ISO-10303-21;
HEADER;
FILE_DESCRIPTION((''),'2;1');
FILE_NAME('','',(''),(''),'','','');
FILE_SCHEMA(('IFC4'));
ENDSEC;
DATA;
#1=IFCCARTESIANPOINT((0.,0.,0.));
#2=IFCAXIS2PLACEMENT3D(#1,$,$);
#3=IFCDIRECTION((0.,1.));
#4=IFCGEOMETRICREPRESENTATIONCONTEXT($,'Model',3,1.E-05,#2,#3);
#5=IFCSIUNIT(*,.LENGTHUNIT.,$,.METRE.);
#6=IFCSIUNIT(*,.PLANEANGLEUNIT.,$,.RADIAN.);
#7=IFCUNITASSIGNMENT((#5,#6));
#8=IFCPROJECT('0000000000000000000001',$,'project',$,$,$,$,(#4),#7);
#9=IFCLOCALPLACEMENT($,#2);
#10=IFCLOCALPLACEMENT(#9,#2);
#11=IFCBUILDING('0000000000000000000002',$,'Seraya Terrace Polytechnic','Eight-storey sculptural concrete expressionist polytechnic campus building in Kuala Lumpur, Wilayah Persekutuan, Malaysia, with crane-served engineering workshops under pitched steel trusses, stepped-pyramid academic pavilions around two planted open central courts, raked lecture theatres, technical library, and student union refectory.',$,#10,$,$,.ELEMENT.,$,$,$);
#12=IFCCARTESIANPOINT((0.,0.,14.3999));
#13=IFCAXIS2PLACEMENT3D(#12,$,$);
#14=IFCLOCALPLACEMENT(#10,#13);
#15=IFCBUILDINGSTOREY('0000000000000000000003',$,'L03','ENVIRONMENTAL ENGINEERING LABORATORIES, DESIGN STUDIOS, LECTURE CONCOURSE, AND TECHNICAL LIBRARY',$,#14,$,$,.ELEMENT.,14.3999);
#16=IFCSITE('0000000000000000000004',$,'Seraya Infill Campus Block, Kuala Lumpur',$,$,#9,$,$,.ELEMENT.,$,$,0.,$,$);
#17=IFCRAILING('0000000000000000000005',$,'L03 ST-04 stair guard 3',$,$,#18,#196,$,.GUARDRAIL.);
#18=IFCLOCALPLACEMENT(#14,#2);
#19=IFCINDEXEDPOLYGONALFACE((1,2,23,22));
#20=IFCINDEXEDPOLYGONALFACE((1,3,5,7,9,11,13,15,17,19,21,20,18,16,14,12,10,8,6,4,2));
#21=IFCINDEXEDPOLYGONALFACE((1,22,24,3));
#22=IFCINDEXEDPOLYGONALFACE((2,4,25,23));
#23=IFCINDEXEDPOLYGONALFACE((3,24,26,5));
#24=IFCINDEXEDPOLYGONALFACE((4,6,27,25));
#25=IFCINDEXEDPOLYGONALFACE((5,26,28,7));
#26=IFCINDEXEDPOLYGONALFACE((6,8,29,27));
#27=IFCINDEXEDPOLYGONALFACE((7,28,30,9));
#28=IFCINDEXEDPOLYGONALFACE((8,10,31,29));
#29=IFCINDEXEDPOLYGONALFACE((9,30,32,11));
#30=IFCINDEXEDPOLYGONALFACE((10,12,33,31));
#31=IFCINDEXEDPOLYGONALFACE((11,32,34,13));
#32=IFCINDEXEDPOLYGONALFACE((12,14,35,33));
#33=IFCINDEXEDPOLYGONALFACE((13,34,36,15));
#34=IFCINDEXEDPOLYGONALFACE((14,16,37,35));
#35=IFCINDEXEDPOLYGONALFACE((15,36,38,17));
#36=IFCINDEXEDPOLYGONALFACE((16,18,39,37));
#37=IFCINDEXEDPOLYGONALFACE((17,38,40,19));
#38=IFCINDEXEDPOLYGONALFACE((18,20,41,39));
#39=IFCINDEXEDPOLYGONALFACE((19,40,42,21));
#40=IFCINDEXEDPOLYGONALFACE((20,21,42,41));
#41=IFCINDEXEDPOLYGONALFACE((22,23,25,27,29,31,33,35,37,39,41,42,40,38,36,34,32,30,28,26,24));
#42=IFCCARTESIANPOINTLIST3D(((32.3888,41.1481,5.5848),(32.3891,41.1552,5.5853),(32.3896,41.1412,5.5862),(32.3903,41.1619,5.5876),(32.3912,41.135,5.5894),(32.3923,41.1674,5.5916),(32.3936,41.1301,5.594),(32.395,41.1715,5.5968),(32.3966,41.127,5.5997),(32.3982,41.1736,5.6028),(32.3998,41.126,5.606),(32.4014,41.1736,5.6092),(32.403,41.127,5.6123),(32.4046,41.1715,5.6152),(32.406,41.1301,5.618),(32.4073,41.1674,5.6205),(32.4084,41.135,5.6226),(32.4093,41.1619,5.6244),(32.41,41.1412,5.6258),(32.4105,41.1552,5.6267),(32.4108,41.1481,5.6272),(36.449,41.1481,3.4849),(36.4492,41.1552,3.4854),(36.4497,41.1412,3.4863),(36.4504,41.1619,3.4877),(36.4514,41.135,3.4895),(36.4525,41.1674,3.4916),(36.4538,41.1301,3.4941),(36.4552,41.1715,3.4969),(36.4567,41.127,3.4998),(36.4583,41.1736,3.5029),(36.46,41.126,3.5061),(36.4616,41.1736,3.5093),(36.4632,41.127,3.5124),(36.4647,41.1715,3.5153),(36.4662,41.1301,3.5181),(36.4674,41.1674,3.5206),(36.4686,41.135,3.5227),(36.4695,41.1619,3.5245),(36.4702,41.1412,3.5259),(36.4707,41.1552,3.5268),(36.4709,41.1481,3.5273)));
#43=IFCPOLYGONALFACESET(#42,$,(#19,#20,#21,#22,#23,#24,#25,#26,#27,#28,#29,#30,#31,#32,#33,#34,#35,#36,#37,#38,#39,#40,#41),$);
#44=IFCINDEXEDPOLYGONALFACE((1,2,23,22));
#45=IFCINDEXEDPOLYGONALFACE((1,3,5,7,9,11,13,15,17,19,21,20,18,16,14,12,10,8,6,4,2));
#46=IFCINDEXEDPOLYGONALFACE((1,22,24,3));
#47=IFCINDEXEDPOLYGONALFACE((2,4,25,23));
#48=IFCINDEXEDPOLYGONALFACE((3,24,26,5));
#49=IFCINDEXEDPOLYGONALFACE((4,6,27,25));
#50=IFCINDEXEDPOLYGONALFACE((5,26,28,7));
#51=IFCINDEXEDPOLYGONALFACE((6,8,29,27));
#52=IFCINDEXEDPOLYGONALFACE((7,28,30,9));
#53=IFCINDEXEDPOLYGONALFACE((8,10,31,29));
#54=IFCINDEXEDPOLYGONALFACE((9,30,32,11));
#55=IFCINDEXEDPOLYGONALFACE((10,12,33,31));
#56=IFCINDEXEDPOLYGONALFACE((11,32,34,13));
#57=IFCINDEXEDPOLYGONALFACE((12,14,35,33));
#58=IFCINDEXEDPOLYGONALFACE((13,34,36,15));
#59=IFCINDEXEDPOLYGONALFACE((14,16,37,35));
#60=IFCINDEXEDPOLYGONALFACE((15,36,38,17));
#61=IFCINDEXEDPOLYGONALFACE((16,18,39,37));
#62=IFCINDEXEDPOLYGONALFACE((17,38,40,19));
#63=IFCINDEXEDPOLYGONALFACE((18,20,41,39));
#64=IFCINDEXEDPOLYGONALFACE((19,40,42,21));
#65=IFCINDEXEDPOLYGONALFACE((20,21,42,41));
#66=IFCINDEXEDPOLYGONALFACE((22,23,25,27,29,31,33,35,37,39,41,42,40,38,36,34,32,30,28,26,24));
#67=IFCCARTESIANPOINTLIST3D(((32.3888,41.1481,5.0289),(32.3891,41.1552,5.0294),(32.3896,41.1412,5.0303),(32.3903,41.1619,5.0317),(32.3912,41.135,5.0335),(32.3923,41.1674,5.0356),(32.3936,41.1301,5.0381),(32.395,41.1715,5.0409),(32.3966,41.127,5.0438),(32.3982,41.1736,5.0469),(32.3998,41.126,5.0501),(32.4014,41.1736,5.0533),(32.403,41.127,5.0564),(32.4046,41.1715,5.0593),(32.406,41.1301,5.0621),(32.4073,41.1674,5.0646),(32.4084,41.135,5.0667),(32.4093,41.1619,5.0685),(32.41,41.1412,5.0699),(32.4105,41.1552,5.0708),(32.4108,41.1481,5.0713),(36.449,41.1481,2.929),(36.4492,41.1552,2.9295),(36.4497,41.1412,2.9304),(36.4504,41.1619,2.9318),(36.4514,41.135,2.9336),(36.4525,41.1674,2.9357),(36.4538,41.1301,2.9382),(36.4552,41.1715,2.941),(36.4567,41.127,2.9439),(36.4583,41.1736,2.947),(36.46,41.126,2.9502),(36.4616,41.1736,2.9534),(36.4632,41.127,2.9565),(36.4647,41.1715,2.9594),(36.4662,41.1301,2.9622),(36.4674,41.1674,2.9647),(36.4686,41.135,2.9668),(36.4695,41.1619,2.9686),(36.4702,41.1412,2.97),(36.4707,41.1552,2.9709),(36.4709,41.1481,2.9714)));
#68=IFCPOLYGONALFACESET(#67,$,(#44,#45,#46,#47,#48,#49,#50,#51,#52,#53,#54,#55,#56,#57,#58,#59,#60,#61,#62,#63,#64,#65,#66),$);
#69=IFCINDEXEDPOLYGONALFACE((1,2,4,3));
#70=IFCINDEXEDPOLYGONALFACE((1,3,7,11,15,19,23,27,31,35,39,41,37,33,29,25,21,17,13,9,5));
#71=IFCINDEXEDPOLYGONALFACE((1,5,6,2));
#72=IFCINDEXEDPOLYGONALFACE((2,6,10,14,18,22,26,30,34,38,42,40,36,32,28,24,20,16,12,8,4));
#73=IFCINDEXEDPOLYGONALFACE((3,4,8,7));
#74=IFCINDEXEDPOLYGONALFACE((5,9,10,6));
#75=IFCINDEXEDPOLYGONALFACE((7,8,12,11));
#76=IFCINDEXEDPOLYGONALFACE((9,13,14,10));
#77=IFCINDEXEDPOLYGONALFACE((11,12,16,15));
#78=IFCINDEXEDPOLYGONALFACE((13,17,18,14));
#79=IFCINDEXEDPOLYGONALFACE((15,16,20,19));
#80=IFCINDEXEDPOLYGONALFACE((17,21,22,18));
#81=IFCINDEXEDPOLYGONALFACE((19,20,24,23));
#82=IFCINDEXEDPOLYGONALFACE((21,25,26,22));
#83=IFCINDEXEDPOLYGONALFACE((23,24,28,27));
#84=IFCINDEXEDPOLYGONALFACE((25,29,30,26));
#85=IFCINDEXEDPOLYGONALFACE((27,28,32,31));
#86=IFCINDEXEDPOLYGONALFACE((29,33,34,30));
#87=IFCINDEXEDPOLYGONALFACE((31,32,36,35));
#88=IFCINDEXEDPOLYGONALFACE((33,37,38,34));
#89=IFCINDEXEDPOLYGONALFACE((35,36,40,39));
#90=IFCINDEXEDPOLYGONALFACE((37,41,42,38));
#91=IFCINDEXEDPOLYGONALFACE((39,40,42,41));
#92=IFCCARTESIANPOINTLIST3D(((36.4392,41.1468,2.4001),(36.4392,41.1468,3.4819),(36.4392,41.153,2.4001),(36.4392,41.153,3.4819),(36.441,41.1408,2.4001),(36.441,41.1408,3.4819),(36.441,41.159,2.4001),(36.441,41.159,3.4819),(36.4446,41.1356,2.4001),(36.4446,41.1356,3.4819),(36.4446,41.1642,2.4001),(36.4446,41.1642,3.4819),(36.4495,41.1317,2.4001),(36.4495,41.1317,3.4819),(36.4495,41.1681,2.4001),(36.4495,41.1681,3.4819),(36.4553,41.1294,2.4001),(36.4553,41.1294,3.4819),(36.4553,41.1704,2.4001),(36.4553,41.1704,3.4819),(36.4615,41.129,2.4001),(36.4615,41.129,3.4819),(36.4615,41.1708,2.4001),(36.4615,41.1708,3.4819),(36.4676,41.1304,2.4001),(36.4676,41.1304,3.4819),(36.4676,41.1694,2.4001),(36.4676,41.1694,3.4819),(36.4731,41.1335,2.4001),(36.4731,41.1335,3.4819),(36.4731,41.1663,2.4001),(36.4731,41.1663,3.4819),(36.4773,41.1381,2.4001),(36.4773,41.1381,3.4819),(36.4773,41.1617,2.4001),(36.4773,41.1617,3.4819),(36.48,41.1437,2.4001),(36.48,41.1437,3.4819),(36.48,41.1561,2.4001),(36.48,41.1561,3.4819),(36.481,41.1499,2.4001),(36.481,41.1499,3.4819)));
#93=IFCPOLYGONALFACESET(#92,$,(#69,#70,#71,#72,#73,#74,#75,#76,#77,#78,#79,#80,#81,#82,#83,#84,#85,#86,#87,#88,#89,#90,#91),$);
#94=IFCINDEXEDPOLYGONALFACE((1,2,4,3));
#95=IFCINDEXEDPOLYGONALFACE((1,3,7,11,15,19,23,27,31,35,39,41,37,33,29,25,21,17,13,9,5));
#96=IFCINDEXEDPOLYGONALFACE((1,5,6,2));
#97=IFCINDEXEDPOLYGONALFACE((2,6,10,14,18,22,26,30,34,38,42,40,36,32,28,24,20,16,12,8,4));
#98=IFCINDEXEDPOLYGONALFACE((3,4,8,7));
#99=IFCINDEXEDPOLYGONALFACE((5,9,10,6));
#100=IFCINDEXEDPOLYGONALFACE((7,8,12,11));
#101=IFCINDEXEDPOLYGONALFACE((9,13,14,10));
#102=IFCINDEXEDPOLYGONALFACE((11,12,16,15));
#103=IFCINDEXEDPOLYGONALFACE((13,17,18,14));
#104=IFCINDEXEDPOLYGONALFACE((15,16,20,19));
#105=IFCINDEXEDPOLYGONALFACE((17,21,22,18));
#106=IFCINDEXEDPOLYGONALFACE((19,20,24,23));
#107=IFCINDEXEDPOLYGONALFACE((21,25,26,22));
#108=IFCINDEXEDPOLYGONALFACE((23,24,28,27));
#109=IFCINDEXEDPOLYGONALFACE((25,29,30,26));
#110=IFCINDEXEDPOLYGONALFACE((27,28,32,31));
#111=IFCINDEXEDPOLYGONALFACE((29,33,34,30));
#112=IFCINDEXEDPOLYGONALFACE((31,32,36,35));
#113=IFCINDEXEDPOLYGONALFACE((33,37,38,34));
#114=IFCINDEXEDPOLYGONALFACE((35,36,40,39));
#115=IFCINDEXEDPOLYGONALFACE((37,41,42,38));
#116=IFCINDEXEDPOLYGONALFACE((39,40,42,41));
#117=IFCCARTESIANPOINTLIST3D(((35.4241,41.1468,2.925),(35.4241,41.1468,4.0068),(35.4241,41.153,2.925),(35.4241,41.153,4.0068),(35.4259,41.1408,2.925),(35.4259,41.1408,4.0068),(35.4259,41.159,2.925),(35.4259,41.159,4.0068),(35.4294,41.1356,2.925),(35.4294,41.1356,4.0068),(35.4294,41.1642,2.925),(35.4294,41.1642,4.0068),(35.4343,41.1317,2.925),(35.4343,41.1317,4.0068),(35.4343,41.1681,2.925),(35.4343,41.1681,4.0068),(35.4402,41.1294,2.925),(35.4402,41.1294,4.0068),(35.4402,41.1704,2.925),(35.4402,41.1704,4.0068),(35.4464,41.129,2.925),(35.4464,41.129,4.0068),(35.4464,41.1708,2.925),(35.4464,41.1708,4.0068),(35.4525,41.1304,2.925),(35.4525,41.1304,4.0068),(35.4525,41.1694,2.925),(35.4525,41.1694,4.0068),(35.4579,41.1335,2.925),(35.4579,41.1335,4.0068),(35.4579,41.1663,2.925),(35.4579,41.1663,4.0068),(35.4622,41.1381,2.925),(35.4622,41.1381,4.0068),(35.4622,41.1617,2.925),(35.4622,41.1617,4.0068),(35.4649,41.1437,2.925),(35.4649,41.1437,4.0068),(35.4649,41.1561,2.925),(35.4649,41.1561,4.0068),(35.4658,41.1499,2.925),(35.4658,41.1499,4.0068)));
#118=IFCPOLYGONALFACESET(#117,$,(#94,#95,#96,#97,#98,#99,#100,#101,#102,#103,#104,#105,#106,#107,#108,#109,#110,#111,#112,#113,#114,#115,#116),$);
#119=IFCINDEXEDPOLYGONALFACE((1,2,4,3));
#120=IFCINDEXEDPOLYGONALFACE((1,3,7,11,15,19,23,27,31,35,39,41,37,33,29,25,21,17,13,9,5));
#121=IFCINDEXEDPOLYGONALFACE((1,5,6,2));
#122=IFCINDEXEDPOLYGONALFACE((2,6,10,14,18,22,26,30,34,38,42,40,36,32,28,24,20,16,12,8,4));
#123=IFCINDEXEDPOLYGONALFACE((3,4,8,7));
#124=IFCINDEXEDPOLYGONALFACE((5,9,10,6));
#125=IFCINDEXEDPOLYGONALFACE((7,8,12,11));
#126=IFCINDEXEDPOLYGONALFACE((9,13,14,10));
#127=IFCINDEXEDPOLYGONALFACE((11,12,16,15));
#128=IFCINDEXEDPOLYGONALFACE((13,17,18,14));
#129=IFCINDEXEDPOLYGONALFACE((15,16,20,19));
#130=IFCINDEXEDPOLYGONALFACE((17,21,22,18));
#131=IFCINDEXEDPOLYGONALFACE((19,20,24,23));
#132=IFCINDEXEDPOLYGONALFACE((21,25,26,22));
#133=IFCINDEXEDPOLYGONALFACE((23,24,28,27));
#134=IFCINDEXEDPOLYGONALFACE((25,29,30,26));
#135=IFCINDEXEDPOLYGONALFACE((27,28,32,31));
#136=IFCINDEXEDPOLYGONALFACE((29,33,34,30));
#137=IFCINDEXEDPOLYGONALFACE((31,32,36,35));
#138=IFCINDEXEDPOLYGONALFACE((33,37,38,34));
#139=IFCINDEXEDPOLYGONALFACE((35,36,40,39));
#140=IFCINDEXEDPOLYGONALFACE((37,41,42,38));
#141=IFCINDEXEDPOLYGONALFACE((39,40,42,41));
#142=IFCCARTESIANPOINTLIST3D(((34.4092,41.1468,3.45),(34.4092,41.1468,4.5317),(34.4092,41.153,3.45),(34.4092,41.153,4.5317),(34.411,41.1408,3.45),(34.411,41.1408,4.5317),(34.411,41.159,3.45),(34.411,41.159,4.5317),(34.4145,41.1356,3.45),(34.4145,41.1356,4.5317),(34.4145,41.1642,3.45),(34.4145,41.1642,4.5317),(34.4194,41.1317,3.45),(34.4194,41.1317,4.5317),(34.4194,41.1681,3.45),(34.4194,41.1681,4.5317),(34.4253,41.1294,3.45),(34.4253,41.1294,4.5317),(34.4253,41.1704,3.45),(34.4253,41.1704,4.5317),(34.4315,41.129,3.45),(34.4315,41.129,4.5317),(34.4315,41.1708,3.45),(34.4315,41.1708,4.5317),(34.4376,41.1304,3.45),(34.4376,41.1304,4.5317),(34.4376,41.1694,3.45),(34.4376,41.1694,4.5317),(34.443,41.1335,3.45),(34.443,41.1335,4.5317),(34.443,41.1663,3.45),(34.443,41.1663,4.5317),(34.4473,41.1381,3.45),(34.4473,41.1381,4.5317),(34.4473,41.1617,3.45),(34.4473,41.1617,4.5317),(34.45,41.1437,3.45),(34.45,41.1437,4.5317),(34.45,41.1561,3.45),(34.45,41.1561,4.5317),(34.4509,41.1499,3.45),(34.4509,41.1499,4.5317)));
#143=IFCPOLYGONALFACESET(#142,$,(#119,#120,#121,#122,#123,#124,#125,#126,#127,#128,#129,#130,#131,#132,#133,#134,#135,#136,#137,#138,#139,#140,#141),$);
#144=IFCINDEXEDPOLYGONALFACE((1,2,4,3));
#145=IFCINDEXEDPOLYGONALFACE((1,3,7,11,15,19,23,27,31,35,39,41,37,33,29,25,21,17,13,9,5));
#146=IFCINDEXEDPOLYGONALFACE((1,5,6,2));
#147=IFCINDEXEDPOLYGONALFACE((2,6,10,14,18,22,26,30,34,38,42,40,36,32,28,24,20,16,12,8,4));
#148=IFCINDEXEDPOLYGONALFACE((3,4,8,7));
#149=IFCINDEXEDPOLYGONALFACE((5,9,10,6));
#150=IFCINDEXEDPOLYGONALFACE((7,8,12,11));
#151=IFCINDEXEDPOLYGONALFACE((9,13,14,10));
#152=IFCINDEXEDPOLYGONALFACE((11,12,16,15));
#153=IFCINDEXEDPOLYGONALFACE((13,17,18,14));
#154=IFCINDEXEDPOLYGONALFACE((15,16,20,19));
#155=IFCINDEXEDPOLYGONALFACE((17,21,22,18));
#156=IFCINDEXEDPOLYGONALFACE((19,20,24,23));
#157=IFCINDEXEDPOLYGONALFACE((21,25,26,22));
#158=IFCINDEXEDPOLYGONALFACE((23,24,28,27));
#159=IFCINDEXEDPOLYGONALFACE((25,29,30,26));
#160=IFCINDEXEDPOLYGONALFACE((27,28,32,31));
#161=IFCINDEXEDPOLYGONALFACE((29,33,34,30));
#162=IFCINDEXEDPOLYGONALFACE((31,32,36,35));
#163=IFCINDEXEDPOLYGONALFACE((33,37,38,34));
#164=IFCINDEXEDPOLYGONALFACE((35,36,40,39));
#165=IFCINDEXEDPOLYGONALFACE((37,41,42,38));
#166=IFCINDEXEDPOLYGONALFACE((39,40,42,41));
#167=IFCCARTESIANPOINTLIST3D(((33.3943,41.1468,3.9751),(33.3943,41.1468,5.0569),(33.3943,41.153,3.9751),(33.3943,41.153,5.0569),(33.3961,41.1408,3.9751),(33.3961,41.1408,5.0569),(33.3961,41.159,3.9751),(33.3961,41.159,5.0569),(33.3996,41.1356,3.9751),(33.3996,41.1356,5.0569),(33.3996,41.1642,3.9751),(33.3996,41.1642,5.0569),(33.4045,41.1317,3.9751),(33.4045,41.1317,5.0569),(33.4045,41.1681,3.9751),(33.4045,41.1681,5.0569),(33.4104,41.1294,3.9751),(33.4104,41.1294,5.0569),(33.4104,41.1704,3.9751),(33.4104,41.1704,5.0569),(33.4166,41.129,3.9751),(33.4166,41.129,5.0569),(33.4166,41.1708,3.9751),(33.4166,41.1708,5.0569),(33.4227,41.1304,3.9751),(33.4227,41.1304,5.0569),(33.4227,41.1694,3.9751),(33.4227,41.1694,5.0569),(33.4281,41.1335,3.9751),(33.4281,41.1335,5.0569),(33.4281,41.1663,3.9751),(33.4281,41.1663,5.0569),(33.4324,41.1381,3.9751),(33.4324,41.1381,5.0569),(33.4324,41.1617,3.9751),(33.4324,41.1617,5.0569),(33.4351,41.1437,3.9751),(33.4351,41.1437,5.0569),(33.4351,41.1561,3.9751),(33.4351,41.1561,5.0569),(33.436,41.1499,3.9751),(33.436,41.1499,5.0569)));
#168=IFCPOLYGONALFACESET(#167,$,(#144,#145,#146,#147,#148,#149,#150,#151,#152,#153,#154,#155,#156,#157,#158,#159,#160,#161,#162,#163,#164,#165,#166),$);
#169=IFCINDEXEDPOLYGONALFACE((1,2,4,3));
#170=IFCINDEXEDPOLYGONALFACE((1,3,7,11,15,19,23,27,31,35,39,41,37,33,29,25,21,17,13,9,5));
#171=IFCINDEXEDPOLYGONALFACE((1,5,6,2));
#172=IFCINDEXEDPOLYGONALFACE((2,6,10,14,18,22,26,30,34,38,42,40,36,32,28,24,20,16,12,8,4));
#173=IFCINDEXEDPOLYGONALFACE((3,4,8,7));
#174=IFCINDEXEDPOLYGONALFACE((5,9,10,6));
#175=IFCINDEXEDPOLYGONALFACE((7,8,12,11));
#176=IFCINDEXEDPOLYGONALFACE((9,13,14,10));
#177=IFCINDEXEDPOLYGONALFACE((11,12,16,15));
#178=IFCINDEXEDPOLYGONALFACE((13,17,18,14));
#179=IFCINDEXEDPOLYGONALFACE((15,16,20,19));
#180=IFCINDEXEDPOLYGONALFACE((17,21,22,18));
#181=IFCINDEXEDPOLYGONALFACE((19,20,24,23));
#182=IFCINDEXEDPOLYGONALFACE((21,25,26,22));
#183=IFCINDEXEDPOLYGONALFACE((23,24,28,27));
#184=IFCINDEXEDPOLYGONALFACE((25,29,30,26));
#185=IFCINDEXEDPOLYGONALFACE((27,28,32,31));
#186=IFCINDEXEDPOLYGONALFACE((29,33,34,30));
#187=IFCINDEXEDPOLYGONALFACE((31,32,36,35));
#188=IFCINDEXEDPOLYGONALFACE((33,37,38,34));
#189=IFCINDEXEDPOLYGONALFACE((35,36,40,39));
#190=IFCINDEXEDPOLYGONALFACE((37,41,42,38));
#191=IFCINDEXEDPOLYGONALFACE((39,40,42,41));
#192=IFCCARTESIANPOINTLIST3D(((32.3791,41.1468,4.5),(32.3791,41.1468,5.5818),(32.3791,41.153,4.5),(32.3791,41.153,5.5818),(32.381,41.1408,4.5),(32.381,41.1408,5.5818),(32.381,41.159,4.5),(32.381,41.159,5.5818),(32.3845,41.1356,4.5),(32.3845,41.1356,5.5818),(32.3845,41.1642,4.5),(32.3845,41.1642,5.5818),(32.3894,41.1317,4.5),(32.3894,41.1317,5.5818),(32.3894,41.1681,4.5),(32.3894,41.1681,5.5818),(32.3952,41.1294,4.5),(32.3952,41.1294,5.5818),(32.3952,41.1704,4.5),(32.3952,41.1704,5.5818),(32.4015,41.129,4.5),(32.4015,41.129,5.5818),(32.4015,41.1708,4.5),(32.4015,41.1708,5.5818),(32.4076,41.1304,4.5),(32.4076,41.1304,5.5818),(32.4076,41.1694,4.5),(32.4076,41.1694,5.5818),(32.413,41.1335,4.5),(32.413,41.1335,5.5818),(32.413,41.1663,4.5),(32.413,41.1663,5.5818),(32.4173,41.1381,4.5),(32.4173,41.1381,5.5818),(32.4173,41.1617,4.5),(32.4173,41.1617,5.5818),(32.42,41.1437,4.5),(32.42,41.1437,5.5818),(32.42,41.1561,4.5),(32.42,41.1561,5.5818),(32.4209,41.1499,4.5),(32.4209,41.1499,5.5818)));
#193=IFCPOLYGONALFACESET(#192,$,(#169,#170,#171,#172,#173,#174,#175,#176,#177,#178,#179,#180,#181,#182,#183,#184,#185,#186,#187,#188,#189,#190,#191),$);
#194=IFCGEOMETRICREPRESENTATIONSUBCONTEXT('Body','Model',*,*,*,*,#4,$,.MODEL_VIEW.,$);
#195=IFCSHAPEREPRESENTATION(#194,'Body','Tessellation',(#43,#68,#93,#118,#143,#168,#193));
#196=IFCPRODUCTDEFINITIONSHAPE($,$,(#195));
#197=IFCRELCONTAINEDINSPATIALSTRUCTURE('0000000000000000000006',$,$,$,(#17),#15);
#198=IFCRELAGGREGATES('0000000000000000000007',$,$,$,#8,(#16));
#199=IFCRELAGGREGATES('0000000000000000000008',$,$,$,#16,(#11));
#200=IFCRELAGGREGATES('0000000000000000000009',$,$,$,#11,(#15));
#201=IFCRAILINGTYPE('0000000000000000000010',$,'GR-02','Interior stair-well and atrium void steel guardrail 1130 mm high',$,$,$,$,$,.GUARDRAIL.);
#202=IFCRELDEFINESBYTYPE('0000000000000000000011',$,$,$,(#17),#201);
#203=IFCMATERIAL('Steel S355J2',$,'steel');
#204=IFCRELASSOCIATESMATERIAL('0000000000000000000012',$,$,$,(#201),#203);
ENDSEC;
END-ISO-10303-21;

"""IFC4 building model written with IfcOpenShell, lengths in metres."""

from ifc_helpers import new_model, si_unit, direction, frame, origin, origin_2d, place, context, subcontext, project, spatial, circle, extrude, material, type_object, element, save


model = new_model("IFC4")

# Units and contexts
model_context = context("Model", 3, precision=1e-05, world=origin(), true_north=direction((0.0, 1.0)))
body_context = subcontext(model_context, "Body", "Model", "MODEL_VIEW")
ifc_project = project(units=[si_unit("LENGTHUNIT", "METRE"), si_unit("PLANEANGLEUNIT", "RADIAN")], contexts=[model_context])

# Site, building, storey
site_placement = place(None, origin())
site = spatial("IfcSite", under=ifc_project, at=site_placement, Name="Seraya Infill Campus Block, Kuala Lumpur", CompositionType="ELEMENT", RefElevation=0.0)
building_placement = place(site_placement, origin())
building = spatial("IfcBuilding", under=site, at=building_placement, Name="Seraya Terrace Polytechnic", Description="Eight-storey sculptural concrete expressionist polytechnic campus building in Kuala Lumpur, Wilayah Persekutuan, Malaysia, with crane-served engineering workshops under pitched steel trusses, stepped-pyramid academic pavilions around two planted open central courts, raked lecture theatres, technical library, and student union refectory.", CompositionType="ELEMENT")
storey_placement = place(building_placement, frame((0.0, 0.0, 14.3999)))
storey = spatial("IfcBuildingStorey", under=building, at=storey_placement, Name="L03", Description="ENVIRONMENTAL ENGINEERING LABORATORIES, DESIGN STUDIOS, LECTURE CONCOURSE, AND TECHNICAL LIBRARY", CompositionType="ELEMENT", Elevation=14.3999)

# Shared definitions
ifc_material_1 = material(Name="Steel S355J2", Category="steel")

# Railing
railing_type = type_object("IfcRailingType", Name="GR-02", Description="Interior stair-well and atrium void steel guardrail 1130 mm high", PredefinedType="GUARDRAIL", material=ifc_material_1)
railing_1_placement = place(storey_placement, frame((36.46, 41.1499, 2.4001)))
element("IfcRailing", 1, at=railing_1_placement, inside=storey, type_object=railing_type, Name="L03 ST-04 stair guard 3", PredefinedType="GUARDRAIL", context=body_context, shape_type="SweptSolid", body=[
    extrude(circle(Radius=0.0239, at=origin_2d()), frame((0.0, 0.0, 1.106), z_axis=(-0.888233, 0.0, 0.459392), x_axis=(0.0, -1.0, 0.0)), (0.0, 0.0, 1.0), 4.571),
    extrude(circle(Radius=0.0239, at=origin_2d()), frame((0.0, 0.0, 0.55), z_axis=(-0.888233, 0.0, 0.459392), x_axis=(0.0, -1.0, 0.0)), (0.0, 0.0, 1.0), 4.571),
    extrude(circle(Radius=0.021, at=origin_2d()), origin(), (0.0, 0.0, 1.0), 1.0818),
    extrude(circle(Radius=0.021, at=origin_2d()), frame((-1.0151, 0.0, 0.5249)), (0.0, 0.0, 1.0), 1.0818),
    extrude(circle(Radius=0.021, at=origin_2d()), frame((-2.03, 0.0, 1.0498)), (0.0, 0.0, 1.0), 1.0818),
    extrude(circle(Radius=0.021, at=origin_2d()), frame((-3.0449, 0.0, 1.575)), (0.0, 0.0, 1.0), 1.0818),
    extrude(circle(Radius=0.021, at=origin_2d()), frame((-4.0601, 0.0, 2.0999)), (0.0, 0.0, 1.0), 1.0818),
])

save(model, "model.ifc")
